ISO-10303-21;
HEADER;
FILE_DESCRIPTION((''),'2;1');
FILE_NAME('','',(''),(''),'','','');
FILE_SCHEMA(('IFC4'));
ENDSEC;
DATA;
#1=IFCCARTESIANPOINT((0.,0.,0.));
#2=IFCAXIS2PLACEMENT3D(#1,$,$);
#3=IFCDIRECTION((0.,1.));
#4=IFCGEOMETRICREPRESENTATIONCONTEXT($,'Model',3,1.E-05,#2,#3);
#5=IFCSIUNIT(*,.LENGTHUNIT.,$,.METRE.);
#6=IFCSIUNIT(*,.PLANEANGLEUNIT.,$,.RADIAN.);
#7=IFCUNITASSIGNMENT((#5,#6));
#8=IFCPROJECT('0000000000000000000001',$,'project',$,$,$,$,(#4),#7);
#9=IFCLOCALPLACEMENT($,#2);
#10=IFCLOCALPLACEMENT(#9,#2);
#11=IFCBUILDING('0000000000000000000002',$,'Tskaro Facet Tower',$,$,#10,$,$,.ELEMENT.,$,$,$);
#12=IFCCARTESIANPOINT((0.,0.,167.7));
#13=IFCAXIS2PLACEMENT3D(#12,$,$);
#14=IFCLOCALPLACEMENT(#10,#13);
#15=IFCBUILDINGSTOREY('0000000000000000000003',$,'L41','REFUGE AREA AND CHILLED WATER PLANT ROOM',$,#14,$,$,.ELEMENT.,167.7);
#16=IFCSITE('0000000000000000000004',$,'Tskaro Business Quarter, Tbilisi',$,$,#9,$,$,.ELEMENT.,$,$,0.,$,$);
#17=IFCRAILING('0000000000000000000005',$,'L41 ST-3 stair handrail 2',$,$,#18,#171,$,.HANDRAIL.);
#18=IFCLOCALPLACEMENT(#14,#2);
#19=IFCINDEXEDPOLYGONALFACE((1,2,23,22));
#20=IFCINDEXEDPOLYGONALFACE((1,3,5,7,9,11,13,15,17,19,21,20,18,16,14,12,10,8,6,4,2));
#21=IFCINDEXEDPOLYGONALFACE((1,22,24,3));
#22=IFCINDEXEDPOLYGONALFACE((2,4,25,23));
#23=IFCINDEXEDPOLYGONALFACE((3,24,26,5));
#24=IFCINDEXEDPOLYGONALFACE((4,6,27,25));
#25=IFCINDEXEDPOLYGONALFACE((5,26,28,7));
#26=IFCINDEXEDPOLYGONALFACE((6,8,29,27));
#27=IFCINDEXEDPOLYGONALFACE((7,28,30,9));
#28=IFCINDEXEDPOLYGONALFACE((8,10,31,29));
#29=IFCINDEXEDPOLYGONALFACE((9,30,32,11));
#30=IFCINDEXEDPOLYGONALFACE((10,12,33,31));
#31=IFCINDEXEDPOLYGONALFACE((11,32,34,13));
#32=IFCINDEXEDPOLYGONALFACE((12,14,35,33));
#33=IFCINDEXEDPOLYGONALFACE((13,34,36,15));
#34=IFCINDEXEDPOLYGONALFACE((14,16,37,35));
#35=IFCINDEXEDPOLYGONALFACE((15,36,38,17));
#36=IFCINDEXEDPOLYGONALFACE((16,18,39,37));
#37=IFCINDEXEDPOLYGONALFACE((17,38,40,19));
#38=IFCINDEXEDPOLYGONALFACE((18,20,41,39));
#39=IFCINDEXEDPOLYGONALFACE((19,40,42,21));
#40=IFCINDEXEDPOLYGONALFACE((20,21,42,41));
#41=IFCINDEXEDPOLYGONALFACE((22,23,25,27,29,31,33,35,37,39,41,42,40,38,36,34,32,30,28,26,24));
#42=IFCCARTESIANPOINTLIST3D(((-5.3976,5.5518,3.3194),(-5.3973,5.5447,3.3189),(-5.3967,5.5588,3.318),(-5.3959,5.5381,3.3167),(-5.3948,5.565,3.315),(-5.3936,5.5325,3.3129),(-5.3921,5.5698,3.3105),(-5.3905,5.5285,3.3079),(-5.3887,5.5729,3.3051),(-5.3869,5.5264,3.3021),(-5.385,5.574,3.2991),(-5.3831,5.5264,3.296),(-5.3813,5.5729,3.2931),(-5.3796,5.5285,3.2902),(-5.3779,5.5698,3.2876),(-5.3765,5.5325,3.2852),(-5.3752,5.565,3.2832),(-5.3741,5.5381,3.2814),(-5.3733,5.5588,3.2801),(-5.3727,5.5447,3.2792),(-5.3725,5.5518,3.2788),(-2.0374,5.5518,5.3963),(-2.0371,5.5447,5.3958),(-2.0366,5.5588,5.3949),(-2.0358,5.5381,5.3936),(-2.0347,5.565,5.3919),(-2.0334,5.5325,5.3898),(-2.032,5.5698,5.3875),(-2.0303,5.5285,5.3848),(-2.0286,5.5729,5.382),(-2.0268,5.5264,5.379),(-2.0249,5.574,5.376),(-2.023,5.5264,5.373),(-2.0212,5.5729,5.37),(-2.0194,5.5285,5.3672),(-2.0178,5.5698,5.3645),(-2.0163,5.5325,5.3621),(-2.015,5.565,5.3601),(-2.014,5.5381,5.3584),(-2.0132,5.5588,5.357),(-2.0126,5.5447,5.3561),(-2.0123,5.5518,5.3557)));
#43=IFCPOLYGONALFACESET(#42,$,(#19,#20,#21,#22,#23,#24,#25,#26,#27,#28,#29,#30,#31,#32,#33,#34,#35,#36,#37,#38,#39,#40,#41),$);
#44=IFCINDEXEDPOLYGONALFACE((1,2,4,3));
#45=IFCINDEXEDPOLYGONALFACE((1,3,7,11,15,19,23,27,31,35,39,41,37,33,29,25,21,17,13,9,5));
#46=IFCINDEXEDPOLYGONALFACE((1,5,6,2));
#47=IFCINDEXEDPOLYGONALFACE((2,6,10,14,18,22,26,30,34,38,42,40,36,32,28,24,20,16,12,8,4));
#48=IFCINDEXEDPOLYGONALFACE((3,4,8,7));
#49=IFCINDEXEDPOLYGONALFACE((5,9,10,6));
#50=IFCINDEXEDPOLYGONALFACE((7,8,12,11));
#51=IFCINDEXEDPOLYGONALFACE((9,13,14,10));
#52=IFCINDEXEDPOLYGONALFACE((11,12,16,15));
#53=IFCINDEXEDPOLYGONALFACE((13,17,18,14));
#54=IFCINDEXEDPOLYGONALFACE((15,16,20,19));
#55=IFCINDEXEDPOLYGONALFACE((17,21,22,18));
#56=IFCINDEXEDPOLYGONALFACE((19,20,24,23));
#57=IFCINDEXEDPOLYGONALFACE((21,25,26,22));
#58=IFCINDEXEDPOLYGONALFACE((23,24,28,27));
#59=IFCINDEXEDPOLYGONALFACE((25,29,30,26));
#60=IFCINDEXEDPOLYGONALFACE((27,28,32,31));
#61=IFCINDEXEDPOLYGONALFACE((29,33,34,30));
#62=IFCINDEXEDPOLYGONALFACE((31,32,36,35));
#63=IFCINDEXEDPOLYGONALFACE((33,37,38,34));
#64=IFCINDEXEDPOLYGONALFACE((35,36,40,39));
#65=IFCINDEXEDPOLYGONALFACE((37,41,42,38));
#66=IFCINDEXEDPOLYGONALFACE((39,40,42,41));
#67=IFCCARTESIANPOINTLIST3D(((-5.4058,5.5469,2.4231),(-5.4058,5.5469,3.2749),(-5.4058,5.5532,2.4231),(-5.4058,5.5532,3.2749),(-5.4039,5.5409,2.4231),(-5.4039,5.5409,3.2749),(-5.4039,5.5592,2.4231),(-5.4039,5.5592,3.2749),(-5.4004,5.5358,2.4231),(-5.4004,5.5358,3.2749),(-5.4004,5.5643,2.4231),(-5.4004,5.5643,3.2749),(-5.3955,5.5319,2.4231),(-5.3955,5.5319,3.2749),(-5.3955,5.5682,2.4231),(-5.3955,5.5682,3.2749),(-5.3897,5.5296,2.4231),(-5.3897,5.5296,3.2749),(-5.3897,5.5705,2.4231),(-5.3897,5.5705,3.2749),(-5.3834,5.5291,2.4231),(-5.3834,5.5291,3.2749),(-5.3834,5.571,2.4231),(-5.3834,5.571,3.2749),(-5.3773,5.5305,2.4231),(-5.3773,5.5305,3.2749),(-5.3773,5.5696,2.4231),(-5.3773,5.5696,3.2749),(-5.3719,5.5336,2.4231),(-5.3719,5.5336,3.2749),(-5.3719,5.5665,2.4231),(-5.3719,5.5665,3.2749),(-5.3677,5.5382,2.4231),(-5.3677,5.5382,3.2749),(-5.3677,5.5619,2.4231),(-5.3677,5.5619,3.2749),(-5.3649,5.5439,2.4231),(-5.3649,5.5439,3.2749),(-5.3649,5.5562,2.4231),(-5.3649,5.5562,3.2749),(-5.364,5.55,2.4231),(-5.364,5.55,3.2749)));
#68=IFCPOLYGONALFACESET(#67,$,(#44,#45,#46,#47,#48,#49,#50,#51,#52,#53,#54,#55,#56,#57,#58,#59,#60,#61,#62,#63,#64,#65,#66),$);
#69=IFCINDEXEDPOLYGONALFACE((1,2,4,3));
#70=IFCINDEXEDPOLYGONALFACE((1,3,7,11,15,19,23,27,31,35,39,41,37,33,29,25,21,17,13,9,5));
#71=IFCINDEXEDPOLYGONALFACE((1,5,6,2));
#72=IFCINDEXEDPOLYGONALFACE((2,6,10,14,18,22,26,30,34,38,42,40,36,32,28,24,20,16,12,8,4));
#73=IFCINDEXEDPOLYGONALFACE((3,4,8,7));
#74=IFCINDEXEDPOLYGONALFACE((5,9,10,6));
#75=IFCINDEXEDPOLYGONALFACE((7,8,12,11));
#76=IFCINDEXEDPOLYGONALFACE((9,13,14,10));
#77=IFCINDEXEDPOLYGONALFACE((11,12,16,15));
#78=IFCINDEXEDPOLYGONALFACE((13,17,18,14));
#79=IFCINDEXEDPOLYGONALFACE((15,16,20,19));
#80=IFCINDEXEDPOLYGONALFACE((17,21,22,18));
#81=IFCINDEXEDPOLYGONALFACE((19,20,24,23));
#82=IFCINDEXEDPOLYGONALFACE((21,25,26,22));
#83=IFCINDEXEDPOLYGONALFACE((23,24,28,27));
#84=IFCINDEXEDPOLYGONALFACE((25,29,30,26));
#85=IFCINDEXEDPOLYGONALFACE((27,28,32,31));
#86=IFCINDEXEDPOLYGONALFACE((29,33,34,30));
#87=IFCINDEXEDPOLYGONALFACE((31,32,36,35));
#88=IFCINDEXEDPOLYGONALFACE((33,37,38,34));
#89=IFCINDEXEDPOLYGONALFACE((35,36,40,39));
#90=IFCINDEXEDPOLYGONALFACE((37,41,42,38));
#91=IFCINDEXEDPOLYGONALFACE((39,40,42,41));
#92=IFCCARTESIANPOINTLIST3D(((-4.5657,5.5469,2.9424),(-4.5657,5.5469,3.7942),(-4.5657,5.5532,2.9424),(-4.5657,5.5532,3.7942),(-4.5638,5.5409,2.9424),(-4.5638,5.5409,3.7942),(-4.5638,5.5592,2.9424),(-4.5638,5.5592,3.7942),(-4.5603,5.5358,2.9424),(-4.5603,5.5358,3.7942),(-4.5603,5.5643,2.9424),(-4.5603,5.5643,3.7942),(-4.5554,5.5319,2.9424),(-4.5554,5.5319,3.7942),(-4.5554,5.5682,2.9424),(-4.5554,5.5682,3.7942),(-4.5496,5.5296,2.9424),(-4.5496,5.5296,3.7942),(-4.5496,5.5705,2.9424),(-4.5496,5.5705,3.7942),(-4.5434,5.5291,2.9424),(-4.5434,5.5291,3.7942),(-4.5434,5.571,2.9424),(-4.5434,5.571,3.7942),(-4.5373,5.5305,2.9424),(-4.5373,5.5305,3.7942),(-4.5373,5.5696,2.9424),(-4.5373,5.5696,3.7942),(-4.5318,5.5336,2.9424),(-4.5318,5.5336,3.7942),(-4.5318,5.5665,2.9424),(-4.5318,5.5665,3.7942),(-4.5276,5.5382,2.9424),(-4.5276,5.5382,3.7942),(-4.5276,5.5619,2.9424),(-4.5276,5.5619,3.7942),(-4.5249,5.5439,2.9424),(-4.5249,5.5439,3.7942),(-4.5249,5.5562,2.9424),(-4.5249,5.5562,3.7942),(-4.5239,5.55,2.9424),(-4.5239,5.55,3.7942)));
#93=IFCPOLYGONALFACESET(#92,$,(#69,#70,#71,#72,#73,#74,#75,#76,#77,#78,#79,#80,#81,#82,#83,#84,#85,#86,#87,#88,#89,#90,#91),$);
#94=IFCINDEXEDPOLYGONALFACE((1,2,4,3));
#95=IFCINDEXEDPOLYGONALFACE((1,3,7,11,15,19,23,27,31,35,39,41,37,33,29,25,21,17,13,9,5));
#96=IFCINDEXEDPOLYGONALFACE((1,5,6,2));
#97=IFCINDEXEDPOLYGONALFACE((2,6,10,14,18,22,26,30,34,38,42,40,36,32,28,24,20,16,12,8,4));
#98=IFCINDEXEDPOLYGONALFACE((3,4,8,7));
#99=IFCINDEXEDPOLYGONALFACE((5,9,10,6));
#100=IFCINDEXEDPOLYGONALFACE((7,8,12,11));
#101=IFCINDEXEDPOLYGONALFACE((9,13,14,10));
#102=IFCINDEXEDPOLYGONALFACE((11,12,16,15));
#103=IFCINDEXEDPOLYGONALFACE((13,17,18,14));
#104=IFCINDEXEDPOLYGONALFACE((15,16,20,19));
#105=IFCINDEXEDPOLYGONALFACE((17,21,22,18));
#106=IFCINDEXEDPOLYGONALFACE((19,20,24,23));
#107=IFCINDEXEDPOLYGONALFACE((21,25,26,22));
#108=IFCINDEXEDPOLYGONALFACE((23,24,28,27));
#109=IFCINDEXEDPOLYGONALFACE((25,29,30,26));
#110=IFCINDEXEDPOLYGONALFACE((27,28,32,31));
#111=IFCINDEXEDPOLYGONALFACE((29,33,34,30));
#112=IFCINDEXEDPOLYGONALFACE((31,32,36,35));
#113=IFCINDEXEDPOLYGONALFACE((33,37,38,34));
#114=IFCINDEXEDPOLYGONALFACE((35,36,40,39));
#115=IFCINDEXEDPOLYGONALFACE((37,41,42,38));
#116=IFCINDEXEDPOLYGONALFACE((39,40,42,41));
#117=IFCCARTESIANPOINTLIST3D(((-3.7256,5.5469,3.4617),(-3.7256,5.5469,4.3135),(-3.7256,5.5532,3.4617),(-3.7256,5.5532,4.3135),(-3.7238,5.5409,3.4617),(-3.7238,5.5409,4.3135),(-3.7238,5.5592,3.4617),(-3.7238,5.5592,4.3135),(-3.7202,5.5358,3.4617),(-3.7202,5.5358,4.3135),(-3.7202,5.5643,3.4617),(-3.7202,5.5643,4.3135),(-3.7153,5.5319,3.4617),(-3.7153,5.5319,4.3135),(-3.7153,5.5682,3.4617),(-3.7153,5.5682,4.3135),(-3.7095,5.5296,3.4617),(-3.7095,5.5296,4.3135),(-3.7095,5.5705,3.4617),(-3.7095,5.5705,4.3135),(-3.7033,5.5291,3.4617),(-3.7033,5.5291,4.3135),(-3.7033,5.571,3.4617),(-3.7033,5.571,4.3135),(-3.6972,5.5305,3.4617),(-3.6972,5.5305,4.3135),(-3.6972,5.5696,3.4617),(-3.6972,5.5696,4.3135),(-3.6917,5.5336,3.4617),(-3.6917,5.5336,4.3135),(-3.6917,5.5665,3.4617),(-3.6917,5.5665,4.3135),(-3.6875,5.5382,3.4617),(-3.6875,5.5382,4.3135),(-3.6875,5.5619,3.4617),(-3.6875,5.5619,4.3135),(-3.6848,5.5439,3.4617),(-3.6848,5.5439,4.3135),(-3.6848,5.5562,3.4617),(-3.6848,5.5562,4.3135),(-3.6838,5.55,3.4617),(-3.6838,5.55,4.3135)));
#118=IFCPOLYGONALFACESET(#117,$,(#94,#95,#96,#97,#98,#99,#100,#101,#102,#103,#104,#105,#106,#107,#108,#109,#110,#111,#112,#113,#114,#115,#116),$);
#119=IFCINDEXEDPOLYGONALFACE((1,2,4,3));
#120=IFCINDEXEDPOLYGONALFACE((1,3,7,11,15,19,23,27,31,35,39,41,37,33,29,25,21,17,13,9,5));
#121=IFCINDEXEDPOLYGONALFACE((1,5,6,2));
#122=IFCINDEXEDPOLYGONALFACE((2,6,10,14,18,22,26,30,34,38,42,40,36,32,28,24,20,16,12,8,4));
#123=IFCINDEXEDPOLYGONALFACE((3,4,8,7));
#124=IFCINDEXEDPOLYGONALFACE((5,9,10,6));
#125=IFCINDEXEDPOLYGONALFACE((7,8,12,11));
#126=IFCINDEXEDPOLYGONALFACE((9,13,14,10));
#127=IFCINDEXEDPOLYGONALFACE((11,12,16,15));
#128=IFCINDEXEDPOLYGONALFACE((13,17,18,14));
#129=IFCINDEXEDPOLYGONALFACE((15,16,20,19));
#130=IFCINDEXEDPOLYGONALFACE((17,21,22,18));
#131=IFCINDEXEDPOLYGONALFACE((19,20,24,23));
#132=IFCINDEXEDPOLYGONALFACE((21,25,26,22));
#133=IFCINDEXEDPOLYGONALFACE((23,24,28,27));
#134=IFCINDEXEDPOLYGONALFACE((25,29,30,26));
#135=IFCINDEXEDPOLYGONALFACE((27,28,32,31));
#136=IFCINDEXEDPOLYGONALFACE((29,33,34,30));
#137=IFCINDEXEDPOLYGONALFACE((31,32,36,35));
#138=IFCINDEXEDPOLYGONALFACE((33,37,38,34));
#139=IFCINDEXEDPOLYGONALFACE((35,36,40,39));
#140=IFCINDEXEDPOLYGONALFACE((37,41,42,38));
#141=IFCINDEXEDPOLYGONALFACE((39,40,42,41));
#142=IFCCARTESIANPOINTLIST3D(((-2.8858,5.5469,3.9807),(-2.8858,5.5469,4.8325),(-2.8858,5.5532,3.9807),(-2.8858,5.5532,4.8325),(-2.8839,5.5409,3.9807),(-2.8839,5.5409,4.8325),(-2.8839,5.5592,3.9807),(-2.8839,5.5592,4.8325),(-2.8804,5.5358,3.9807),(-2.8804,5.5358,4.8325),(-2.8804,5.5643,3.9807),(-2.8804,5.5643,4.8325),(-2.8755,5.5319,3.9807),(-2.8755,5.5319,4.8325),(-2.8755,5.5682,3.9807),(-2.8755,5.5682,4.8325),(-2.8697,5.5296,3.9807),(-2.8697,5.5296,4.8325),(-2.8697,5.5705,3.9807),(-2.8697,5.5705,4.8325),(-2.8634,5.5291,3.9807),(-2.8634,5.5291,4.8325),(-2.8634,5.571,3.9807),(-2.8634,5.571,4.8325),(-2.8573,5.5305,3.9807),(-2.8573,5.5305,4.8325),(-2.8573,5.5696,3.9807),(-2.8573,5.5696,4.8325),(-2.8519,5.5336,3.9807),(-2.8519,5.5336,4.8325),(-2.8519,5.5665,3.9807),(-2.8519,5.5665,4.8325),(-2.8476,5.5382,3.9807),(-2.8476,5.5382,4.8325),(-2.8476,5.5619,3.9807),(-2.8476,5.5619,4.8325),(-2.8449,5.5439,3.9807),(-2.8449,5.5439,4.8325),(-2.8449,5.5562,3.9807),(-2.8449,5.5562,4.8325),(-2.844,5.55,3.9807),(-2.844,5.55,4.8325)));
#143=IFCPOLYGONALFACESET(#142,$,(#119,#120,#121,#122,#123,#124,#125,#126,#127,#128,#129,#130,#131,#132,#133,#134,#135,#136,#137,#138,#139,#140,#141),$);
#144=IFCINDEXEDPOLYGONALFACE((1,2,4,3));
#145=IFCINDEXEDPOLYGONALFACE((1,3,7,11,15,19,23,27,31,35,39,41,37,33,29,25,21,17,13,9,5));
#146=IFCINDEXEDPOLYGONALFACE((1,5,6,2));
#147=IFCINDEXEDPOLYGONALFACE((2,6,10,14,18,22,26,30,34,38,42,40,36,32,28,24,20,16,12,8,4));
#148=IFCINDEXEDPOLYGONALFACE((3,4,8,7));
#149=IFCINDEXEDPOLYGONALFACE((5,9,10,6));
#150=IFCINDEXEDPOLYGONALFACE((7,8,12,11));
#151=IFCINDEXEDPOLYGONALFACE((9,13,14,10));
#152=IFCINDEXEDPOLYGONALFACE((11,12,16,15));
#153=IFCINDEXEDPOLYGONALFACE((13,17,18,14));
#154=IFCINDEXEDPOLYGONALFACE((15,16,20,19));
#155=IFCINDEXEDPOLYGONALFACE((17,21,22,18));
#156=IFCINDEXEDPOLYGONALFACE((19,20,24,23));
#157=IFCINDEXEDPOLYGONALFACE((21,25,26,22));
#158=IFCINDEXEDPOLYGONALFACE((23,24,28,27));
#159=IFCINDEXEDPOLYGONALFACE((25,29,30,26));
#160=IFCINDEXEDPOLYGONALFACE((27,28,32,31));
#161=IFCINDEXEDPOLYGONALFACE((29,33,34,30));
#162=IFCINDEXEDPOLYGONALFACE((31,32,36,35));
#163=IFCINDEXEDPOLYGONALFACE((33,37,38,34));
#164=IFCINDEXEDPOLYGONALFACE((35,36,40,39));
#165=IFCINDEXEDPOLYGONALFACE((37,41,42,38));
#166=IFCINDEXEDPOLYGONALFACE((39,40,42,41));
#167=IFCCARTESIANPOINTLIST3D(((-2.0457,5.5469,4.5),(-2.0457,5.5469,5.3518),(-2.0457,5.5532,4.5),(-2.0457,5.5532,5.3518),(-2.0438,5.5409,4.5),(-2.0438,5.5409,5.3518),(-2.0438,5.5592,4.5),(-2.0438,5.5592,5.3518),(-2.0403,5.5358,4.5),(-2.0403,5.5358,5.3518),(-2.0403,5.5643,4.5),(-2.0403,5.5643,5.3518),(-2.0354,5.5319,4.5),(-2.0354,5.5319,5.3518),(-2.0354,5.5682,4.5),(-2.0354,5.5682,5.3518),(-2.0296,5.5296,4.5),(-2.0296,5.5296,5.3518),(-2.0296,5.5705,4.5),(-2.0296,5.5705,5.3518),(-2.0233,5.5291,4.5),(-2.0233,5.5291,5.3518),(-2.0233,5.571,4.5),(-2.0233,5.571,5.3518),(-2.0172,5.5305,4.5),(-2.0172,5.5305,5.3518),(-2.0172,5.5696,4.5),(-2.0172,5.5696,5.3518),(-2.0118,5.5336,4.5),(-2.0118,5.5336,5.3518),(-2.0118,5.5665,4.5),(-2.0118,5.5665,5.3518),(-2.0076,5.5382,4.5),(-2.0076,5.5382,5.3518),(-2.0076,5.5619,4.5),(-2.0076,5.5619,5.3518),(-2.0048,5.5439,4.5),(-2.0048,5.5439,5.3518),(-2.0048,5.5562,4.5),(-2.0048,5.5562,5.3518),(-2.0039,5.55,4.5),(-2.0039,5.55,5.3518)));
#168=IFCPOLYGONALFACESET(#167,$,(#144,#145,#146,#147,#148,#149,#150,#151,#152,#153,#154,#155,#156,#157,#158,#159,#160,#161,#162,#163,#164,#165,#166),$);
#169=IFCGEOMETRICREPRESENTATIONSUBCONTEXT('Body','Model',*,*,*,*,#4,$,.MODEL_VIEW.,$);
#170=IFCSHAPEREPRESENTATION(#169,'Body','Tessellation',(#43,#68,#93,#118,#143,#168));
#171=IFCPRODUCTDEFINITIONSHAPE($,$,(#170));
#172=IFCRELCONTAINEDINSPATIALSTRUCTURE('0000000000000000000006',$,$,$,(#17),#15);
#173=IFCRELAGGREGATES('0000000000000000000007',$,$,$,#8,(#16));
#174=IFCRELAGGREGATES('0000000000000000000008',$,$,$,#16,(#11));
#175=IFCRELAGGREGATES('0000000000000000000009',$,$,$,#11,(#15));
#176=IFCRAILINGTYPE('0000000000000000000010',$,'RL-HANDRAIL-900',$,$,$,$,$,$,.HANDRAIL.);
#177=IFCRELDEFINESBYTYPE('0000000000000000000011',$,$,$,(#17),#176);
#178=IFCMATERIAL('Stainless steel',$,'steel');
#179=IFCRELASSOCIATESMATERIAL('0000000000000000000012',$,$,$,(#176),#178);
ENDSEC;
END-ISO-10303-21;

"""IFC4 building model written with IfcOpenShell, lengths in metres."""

from ifc_helpers import new_model, si_unit, direction, frame, origin, origin_2d, place, context, subcontext, project, spatial, circle, extrude, material, type_object, element, save


model = new_model("IFC4")

# Units and contexts
model_context = context("Model", 3, precision=1e-05, world=origin(), true_north=direction((0.0, 1.0)))
body_context = subcontext(model_context, "Body", "Model", "MODEL_VIEW")
ifc_project = project(units=[si_unit("LENGTHUNIT", "METRE"), si_unit("PLANEANGLEUNIT", "RADIAN")], contexts=[model_context])

# Site, building, storey
site_placement = place(None, origin())
site = spatial("IfcSite", under=ifc_project, at=site_placement, Name="Tskaro Business Quarter, Tbilisi", CompositionType="ELEMENT", RefElevation=0.0)
building_placement = place(site_placement, origin())
building = spatial("IfcBuilding", under=site, at=building_placement, Name="Tskaro Facet Tower", CompositionType="ELEMENT")
storey_placement = place(building_placement, frame((0.0, 0.0, 167.7)))
storey = spatial("IfcBuildingStorey", under=building, at=storey_placement, Name="L41", Description="REFUGE AREA AND CHILLED WATER PLANT ROOM", CompositionType="ELEMENT", Elevation=167.7)

# Railing
ifc_material_1 = material(Name="Stainless steel", Category="steel")
railing_type_1 = type_object("IfcRailingType", Name="RL-HANDRAIL-900", PredefinedType="HANDRAIL", material=ifc_material_1)
railing_1_placement = place(storey_placement, frame((-5.385, 5.55, 2.4231)))
element("IfcRailing", 1, at=railing_1_placement, inside=storey, type_object=railing_type_1, Name="L41 ST-3 stair handrail 2", PredefinedType="HANDRAIL", context=body_context, shape_type="SweptSolid", body=[
    extrude(circle(Radius=0.0239, at=origin_2d()), frame((0.0, 0.0, 0.876), z_axis=(0.850623, 0.0, 0.525776), x_axis=(0.0, 1.0, 0.0)), (0.0, 0.0, 1.0), 3.9502),
    extrude(circle(Radius=0.021, at=origin_2d()), origin(), (0.0, 0.0, 1.0), 0.8518),
    extrude(circle(Radius=0.021, at=origin_2d()), frame((0.8401, 0.0, 0.5193)), (0.0, 0.0, 1.0), 0.8518),
    extrude(circle(Radius=0.021, at=origin_2d()), frame((1.6802, 0.0, 1.0386)), (0.0, 0.0, 1.0), 0.8518),
    extrude(circle(Radius=0.021, at=origin_2d()), frame((2.52, 0.0, 1.5576)), (0.0, 0.0, 1.0), 0.8518),
    extrude(circle(Radius=0.021, at=origin_2d()), frame((3.3601, 0.0, 2.0769)), (0.0, 0.0, 1.0), 0.8518),
])

save(model, "model.ifc")
